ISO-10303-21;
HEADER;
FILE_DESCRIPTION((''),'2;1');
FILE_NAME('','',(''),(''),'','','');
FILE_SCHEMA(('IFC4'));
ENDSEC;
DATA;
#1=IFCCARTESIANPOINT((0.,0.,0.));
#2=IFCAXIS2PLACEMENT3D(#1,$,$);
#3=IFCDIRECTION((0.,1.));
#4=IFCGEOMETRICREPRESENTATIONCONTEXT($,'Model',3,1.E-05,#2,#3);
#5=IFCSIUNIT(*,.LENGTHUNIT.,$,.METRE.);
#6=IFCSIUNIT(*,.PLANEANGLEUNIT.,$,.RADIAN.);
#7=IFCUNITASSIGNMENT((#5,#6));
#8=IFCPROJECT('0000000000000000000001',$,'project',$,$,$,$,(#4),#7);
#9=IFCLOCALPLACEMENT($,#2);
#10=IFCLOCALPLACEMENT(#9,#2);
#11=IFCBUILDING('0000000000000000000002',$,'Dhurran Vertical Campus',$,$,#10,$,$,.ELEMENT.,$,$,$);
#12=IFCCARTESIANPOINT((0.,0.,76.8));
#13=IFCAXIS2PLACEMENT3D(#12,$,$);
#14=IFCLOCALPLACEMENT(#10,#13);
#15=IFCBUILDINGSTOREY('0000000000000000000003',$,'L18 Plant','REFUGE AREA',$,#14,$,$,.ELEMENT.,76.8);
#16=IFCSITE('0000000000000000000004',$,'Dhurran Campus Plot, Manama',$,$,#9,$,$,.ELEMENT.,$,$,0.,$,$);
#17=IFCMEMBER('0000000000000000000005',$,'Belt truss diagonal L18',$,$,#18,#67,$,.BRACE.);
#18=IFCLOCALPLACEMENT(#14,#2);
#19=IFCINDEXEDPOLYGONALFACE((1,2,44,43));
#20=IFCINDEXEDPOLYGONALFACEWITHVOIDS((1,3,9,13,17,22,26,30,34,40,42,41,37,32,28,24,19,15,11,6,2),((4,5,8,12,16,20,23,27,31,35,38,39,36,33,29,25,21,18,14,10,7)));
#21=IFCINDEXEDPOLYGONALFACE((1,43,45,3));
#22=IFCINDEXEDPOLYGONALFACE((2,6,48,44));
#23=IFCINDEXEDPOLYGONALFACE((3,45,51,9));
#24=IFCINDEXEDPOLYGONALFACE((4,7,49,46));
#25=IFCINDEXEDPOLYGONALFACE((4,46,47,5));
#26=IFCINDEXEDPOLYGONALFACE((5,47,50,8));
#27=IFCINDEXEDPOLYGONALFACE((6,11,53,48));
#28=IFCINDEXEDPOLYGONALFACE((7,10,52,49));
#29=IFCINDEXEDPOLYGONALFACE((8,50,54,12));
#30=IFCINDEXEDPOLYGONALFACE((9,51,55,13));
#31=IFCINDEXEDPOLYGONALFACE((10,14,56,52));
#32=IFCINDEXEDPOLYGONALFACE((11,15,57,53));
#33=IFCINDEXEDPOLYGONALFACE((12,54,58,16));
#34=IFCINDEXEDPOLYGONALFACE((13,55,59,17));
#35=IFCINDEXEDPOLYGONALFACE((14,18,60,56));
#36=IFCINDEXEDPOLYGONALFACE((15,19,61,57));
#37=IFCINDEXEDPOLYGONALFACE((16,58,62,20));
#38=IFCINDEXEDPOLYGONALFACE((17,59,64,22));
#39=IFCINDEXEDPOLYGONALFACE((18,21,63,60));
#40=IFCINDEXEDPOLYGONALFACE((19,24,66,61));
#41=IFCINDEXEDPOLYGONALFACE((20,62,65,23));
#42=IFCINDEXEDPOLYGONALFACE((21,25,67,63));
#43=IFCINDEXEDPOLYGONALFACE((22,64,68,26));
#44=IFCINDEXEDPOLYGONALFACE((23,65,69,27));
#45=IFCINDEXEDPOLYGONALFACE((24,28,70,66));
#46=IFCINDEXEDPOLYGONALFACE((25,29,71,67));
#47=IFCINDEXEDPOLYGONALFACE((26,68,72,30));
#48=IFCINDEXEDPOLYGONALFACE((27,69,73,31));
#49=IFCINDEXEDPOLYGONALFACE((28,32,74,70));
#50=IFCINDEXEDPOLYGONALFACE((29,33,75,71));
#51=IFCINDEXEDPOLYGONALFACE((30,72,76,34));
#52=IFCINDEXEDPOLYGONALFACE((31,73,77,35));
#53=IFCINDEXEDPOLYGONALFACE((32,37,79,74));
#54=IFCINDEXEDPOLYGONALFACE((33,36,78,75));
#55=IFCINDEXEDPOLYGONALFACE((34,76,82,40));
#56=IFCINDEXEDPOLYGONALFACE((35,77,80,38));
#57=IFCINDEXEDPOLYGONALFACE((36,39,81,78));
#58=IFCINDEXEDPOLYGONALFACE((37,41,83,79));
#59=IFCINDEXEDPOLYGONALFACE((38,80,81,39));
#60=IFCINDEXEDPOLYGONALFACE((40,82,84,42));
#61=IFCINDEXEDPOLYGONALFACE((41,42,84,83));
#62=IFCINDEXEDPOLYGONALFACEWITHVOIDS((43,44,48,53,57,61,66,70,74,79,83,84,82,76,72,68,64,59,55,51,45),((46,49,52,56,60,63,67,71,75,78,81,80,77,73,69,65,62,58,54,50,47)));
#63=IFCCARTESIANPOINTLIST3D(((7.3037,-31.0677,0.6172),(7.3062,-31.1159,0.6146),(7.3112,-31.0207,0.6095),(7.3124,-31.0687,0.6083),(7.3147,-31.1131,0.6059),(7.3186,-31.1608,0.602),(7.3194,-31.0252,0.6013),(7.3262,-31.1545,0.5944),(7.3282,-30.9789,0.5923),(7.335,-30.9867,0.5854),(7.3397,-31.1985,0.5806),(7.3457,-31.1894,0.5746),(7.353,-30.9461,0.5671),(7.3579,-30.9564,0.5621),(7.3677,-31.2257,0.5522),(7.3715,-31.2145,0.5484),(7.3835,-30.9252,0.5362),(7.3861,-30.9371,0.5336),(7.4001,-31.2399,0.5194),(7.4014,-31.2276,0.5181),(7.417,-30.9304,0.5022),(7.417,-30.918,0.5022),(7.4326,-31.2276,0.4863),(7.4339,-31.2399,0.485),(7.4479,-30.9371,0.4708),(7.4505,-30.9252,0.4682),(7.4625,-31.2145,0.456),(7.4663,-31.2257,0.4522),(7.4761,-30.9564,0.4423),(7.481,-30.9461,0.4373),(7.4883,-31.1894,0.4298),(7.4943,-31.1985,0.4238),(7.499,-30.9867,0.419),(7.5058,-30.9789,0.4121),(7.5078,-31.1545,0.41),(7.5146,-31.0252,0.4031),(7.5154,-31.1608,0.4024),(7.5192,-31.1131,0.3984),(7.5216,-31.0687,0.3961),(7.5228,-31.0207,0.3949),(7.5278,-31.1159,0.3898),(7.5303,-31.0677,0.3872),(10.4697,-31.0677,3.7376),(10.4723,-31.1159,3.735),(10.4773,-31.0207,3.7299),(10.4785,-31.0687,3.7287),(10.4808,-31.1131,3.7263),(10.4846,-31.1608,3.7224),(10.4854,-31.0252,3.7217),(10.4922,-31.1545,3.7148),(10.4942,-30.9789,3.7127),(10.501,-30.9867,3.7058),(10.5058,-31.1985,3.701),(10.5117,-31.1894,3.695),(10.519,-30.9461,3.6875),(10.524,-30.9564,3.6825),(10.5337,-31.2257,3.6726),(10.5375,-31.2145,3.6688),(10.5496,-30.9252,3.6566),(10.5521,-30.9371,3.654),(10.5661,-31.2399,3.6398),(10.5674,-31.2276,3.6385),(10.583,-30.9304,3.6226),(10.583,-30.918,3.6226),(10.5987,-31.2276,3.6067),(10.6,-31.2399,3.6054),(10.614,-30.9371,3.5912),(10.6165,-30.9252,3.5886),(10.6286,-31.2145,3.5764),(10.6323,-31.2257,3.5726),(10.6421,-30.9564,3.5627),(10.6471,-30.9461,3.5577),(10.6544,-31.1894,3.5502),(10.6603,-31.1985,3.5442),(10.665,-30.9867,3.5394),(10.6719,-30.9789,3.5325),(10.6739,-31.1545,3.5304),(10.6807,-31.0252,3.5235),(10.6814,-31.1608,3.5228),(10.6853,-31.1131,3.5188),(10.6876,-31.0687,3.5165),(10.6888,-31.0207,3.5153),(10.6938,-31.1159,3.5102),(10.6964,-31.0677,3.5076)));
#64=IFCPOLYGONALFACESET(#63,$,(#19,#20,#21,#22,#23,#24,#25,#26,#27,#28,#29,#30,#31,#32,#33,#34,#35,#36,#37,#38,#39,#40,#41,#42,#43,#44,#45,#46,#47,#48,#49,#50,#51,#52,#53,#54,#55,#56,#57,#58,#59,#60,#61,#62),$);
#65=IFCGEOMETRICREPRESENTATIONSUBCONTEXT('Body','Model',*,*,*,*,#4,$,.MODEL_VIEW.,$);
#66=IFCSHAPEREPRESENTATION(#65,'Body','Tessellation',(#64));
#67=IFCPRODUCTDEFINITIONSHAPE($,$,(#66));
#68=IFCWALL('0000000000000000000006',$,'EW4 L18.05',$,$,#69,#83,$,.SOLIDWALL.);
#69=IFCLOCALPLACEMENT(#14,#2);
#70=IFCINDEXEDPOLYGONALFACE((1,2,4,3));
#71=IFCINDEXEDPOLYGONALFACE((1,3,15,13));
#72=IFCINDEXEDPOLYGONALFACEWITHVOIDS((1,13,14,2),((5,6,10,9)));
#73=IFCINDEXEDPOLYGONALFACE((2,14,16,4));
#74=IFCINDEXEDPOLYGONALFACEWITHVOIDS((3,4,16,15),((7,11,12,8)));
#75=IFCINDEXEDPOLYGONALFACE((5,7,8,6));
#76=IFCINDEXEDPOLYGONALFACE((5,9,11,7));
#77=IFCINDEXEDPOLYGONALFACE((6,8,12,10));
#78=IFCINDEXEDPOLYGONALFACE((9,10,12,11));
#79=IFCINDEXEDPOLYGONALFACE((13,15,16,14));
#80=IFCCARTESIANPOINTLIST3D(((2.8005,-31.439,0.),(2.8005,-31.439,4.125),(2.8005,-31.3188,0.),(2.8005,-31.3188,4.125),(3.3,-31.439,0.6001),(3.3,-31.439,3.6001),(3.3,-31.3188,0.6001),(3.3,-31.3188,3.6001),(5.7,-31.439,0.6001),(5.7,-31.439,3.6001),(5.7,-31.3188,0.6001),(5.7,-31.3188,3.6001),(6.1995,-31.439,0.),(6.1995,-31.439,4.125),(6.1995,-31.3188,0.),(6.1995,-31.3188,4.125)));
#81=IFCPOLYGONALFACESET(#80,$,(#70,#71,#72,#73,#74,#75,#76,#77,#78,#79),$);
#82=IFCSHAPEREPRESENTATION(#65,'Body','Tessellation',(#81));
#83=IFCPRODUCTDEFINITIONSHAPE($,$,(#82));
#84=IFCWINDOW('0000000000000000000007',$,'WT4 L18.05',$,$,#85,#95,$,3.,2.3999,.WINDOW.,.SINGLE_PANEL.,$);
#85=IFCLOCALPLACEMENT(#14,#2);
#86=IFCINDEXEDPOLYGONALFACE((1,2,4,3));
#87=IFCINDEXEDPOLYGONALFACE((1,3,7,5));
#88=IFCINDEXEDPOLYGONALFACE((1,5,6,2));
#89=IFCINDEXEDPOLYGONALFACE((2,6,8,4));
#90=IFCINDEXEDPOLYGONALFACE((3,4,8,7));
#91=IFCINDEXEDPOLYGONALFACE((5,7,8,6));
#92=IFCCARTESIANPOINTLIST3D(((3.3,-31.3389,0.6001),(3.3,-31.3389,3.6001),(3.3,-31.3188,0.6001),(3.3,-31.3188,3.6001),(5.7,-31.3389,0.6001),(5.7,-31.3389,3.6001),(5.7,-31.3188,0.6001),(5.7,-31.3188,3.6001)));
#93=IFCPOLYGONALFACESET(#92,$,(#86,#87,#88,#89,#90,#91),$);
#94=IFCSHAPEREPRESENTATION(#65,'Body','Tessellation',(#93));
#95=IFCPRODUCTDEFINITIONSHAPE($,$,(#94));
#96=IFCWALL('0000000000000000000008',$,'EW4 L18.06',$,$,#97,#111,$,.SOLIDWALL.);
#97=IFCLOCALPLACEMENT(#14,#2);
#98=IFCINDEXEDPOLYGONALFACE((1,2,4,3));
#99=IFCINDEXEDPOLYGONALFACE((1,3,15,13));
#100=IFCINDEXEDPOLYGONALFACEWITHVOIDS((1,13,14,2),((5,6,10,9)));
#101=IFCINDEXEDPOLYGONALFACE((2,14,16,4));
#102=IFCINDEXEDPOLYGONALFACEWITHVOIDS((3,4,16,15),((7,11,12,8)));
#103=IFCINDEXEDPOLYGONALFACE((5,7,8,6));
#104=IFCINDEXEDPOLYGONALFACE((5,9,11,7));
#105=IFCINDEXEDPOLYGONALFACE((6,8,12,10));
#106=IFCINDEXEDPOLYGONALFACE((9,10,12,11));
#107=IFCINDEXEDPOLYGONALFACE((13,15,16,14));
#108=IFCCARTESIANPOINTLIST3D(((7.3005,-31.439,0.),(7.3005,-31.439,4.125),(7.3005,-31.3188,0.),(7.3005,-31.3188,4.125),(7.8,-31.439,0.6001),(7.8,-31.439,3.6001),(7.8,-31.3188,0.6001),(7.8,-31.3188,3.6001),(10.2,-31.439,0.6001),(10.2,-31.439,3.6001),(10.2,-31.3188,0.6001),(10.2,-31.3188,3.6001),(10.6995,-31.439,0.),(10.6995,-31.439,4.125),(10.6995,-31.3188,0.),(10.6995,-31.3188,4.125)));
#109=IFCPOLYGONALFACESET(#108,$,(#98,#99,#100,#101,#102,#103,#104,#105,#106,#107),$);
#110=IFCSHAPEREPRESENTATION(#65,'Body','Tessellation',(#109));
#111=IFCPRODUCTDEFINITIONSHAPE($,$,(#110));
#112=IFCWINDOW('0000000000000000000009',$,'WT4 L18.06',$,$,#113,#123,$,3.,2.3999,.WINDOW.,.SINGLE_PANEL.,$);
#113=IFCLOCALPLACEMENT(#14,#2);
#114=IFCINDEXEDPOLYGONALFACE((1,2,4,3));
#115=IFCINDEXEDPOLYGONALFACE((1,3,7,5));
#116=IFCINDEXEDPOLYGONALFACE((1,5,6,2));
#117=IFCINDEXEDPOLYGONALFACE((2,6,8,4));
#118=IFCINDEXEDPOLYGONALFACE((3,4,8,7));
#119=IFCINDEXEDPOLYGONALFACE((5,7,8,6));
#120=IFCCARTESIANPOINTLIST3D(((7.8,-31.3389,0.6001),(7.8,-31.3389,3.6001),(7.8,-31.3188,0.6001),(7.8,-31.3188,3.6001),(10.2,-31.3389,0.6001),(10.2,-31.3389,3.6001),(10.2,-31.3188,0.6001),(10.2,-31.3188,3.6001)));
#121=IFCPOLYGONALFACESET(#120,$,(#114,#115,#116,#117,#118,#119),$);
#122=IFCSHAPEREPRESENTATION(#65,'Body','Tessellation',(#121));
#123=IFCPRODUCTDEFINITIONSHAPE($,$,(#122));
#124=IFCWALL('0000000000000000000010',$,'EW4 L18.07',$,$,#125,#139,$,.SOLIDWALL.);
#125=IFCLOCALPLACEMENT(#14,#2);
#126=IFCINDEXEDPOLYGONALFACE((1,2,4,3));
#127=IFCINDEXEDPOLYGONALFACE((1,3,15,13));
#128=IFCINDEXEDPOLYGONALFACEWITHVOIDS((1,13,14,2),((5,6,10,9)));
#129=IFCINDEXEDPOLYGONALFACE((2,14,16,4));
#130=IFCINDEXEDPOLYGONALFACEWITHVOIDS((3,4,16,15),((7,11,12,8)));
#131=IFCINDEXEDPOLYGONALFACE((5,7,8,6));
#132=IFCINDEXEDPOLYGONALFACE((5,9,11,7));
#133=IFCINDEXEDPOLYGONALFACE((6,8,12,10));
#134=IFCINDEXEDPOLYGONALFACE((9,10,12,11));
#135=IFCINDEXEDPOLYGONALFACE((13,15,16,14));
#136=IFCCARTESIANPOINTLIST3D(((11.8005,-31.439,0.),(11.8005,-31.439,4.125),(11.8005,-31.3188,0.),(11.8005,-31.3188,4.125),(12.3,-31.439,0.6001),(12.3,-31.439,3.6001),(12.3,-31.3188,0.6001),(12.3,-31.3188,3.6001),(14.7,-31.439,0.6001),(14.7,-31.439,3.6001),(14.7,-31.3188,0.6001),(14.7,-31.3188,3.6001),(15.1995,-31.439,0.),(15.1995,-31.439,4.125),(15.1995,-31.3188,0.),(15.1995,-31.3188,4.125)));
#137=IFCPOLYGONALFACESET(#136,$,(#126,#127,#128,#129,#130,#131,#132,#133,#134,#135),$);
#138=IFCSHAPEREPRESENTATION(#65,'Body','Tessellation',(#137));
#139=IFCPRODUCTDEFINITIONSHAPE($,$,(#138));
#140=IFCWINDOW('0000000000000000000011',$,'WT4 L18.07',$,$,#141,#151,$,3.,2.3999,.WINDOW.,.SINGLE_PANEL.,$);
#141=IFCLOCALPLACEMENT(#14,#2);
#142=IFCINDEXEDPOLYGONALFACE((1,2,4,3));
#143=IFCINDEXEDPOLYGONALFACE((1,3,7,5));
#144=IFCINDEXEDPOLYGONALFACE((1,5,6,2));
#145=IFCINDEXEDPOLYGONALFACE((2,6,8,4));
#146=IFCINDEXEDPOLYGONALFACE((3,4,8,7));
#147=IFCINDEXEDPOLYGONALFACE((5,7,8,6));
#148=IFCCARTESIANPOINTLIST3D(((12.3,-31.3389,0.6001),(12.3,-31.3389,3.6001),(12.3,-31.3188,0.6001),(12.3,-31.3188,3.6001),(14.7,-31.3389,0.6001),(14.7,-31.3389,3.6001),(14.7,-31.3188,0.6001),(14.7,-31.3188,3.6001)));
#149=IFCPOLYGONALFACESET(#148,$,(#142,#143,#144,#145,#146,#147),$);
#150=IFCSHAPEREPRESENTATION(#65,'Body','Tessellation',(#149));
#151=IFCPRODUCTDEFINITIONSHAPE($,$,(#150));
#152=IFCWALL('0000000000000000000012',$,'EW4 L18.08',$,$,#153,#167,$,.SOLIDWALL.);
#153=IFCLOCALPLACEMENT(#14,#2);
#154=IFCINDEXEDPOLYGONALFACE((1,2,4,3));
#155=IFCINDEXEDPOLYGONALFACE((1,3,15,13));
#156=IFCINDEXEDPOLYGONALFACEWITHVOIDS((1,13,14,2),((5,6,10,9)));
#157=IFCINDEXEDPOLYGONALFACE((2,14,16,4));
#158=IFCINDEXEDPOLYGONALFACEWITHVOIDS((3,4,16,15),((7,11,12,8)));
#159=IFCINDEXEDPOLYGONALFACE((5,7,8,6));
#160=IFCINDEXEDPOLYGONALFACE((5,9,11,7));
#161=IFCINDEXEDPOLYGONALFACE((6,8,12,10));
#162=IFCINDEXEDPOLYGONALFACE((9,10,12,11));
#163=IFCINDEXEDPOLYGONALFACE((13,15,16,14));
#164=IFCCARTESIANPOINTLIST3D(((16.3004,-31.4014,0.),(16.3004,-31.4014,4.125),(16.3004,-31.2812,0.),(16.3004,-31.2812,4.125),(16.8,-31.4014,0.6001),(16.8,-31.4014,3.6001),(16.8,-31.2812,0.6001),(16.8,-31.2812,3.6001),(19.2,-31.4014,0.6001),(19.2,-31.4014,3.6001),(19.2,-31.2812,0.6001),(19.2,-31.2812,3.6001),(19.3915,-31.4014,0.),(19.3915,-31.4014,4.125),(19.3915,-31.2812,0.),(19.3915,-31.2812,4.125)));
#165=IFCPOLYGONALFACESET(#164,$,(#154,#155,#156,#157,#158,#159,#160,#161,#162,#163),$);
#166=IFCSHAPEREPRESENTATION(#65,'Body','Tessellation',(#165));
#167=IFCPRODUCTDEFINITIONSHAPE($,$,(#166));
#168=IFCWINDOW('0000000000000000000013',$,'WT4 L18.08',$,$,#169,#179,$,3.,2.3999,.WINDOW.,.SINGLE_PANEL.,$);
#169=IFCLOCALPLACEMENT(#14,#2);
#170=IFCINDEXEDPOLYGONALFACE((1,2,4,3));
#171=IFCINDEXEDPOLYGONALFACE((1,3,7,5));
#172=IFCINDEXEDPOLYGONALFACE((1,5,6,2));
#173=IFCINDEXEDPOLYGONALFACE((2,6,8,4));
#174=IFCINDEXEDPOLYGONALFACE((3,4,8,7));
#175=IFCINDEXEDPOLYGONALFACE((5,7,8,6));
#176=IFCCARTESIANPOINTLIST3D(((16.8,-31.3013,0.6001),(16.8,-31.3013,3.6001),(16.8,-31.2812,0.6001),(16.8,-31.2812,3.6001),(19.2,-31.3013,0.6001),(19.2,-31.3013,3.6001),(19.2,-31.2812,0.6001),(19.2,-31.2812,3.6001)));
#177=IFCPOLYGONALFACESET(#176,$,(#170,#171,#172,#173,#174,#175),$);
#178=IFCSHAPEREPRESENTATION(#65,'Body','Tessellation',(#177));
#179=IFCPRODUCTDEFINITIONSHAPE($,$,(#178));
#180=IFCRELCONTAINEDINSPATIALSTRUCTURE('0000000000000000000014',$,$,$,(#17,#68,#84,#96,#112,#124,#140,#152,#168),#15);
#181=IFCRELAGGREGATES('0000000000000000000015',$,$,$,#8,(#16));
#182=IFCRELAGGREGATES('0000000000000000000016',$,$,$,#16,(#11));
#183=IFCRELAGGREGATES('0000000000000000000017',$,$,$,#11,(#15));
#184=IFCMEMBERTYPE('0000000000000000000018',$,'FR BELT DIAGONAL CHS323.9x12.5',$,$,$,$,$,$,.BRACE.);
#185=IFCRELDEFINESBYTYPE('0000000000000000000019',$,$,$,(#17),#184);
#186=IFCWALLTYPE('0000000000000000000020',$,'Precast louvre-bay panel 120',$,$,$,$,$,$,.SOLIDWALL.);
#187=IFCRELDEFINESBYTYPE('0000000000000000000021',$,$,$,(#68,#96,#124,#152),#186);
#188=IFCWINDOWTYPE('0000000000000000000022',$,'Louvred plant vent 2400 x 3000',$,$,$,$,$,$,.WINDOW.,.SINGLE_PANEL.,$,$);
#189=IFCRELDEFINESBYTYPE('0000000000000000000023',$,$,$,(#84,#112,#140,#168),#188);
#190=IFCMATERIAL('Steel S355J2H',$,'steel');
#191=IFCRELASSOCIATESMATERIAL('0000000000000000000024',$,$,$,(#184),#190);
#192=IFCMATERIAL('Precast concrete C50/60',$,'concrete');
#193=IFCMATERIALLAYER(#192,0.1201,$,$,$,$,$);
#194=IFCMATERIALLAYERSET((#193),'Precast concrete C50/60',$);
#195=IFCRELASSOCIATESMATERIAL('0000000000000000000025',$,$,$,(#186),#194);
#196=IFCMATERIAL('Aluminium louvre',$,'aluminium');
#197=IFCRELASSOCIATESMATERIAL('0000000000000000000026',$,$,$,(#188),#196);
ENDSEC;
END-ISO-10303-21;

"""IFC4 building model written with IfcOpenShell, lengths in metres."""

from ifc_helpers import new_model, si_unit, direction, frame, frame_2d, origin, origin_2d, place, context, subcontext, project, spatial, rectangle, hollow_circle, extrude, material, layer, layer_set, material_profile, profile_set, type_object, element, fill, save


model = new_model("IFC4")

# Units and contexts
model_context = context("Model", 3, precision=1e-05, world=origin(), true_north=direction((0.0, 1.0)))
body_context = subcontext(model_context, "Body", "Model", "MODEL_VIEW")
ifc_project = project(units=[si_unit("LENGTHUNIT", "METRE"), si_unit("PLANEANGLEUNIT", "RADIAN")], contexts=[model_context])

# Site, building, storey
site_placement = place(None, origin())
site = spatial("IfcSite", under=ifc_project, at=site_placement, Name="Dhurran Campus Plot, Manama", CompositionType="ELEMENT", RefElevation=0.0)
building_placement = place(site_placement, origin())
building = spatial("IfcBuilding", under=site, at=building_placement, Name="Dhurran Vertical Campus", CompositionType="ELEMENT")
storey_placement = place(building_placement, frame((0.0, 0.0, 76.8)))
storey = spatial("IfcBuildingStorey", under=building, at=storey_placement, Name="L18 Plant", Description="REFUGE AREA", CompositionType="ELEMENT", Elevation=76.8)

# Member
ifc_material_1 = material(Name="Steel S355J2H", Category="steel")
ifc_material_profile_1 = material_profile(ifc_material_1, hollow_circle(Radius=0.1619, WallThickness=0.0125, at=origin_2d()), Name="CHS323.9x12.5")
ifc_profile_set_1 = profile_set([ifc_material_profile_1], Name="Steel S355J2H")
member_type = type_object("IfcMemberType", Name="FR BELT DIAGONAL CHS323.9x12.5", PredefinedType="BRACE", material=ifc_profile_set_1)
for number, where, z_axis, x_axis, name in (
    (1, (7.417, -31.0798, 0.5022), (0.712223, 0.0, 0.701953), (0.0, 1.0, 0.0), "Belt truss diagonal L18"),
):
    element("IfcMember", number, at=place(storey_placement, frame(where, z_axis=z_axis, x_axis=x_axis)), inside=storey, type_object=member_type, Name=name, PredefinedType="BRACE", context=body_context, shape_type="SweptSolid", body=[
        extrude(hollow_circle(Radius=0.1619, WallThickness=0.0125, at=origin_2d()), origin(), (0.0, 0.0, 1.0), 4.4453),
    ])

# Walls, openings, windows
ifc_material_2 = material(Name="Precast concrete C50/60", Category="concrete")
ifc_layer = layer(ifc_material_2, 0.1201)
ifc_layer_set = layer_set([ifc_layer], Name="Precast concrete C50/60")
wall_type = type_object("IfcWallType", Name="Precast louvre-bay panel 120", PredefinedType="SOLIDWALL", material=ifc_layer_set)
wall_1_placement = place(storey_placement, frame((2.8005, -31.3789, 0.0), z_axis=(0.0, 0.0, 1.0), x_axis=(1.0, 0.0, 0.0)))
wall_1 = element("IfcWall", 2, at=wall_1_placement, inside=storey, type_object=wall_type, Name="EW4 L18.05", PredefinedType="SOLIDWALL", context=body_context, shape_type="SweptSolid", body=[
    extrude(rectangle(XDim=3.3989, YDim=0.1201, at=frame_2d((1.6995, 0.0))), origin(), (0.0, 0.0, 1.0), 4.125),
])
opening_1_placement = place(wall_1_placement, frame((0.4995, 0.0, 0.6001)))
opening_1 = element("IfcOpeningElement", 3, at=opening_1_placement, cuts=wall_1, PredefinedType="OPENING", context=body_context, shape_type="SweptSolid", body=[
    extrude(rectangle(XDim=2.3999, YDim=3.0, at=frame_2d((1.2, 1.5))), frame((0.0, 0.0701, 0.0), z_axis=(0.0, -1.0, 0.0), x_axis=(1.0, 0.0, 0.0)), (0.0, 0.0, 1.0), 0.1401),
])
ifc_material_3 = material(Name="Aluminium louvre", Category="aluminium")
window_type = type_object("IfcWindowType", Name="Louvred plant vent 2400 x 3000", PartitioningType="SINGLE_PANEL", PredefinedType="WINDOW", material=ifc_material_3)
window_1_placement = place(opening_1_placement, origin())
window_1 = element("IfcWindow", 4, at=window_1_placement, inside=storey, type_object=window_type, Name="WT4 L18.05", OverallHeight=3.0, OverallWidth=2.3999, PartitioningType="SINGLE_PANEL", PredefinedType="WINDOW", context=body_context, shape_type="SweptSolid", body=[
    extrude(rectangle(XDim=2.3999, YDim=3.0, at=frame_2d((1.2, 1.5))), frame((0.0, 0.0601, 0.0), z_axis=(0.0, -1.0, 0.0), x_axis=(1.0, 0.0, 0.0)), (0.0, 0.0, 1.0), 0.02),
])
fill(opening_1, window_1)
wall_2_placement = place(storey_placement, frame((7.3005, -31.3789, 0.0), z_axis=(0.0, 0.0, 1.0), x_axis=(1.0, 0.0, 0.0)))
wall_2 = element("IfcWall", 5, at=wall_2_placement, inside=storey, type_object=wall_type, Name="EW4 L18.06", PredefinedType="SOLIDWALL", context=body_context, shape_type="SweptSolid", body=[
    extrude(rectangle(XDim=3.3989, YDim=0.1201, at=frame_2d((1.6995, 0.0))), origin(), (0.0, 0.0, 1.0), 4.125),
])
opening_2_placement = place(wall_2_placement, frame((0.4995, 0.0, 0.6001)))
opening_2 = element("IfcOpeningElement", 6, at=opening_2_placement, cuts=wall_2, PredefinedType="OPENING", context=body_context, shape_type="SweptSolid", body=[
    extrude(rectangle(XDim=2.3999, YDim=3.0, at=frame_2d((1.2, 1.5))), frame((0.0, 0.0701, 0.0), z_axis=(0.0, -1.0, 0.0), x_axis=(1.0, 0.0, 0.0)), (0.0, 0.0, 1.0), 0.1401),
])
window_2_placement = place(opening_2_placement, origin())
window_2 = element("IfcWindow", 7, at=window_2_placement, inside=storey, type_object=window_type, Name="WT4 L18.06", OverallHeight=3.0, OverallWidth=2.3999, PartitioningType="SINGLE_PANEL", PredefinedType="WINDOW", context=body_context, shape_type="SweptSolid", body=[
    extrude(rectangle(XDim=2.3999, YDim=3.0, at=frame_2d((1.2, 1.5))), frame((0.0, 0.0601, 0.0), z_axis=(0.0, -1.0, 0.0), x_axis=(1.0, 0.0, 0.0)), (0.0, 0.0, 1.0), 0.02),
])
fill(opening_2, window_2)
wall_3_placement = place(storey_placement, frame((11.8005, -31.3789, 0.0), z_axis=(0.0, 0.0, 1.0), x_axis=(1.0, 0.0, 0.0)))
wall_3 = element("IfcWall", 8, at=wall_3_placement, inside=storey, type_object=wall_type, Name="EW4 L18.07", PredefinedType="SOLIDWALL", context=body_context, shape_type="SweptSolid", body=[
    extrude(rectangle(XDim=3.3989, YDim=0.1201, at=frame_2d((1.6995, 0.0))), origin(), (0.0, 0.0, 1.0), 4.125),
])
opening_3_placement = place(wall_3_placement, frame((0.4995, 0.0, 0.6001)))
opening_3 = element("IfcOpeningElement", 9, at=opening_3_placement, cuts=wall_3, PredefinedType="OPENING", context=body_context, shape_type="SweptSolid", body=[
    extrude(rectangle(XDim=2.3999, YDim=3.0, at=frame_2d((1.2, 1.5))), frame((0.0, 0.0701, 0.0), z_axis=(0.0, -1.0, 0.0), x_axis=(1.0, 0.0, 0.0)), (0.0, 0.0, 1.0), 0.1401),
])
window_3_placement = place(opening_3_placement, origin())
window_3 = element("IfcWindow", 10, at=window_3_placement, inside=storey, type_object=window_type, Name="WT4 L18.07", OverallHeight=3.0, OverallWidth=2.3999, PartitioningType="SINGLE_PANEL", PredefinedType="WINDOW", context=body_context, shape_type="SweptSolid", body=[
    extrude(rectangle(XDim=2.3999, YDim=3.0, at=frame_2d((1.2, 1.5))), frame((0.0, 0.0601, 0.0), z_axis=(0.0, -1.0, 0.0), x_axis=(1.0, 0.0, 0.0)), (0.0, 0.0, 1.0), 0.02),
])
fill(opening_3, window_3)
wall_4_placement = place(storey_placement, frame((16.3005, -31.3413, 0.0), z_axis=(0.0, 0.0, 1.0), x_axis=(1.0, 0.0, 0.0)))
wall_4 = element("IfcWall", 11, at=wall_4_placement, inside=storey, type_object=wall_type, Name="EW4 L18.08", PredefinedType="SOLIDWALL", context=body_context, shape_type="SweptSolid", body=[
    extrude(rectangle(XDim=3.0911, YDim=0.1201, at=frame_2d((1.5454, 0.0))), origin(), (0.0, 0.0, 1.0), 4.125),
])
opening_4_placement = place(wall_4_placement, frame((0.4995, 0.0, 0.6001)))
opening_4 = element("IfcOpeningElement", 12, at=opening_4_placement, cuts=wall_4, PredefinedType="OPENING", context=body_context, shape_type="SweptSolid", body=[
    extrude(rectangle(XDim=2.3999, YDim=3.0, at=frame_2d((1.2, 1.5))), frame((0.0, 0.0701, 0.0), z_axis=(0.0, -1.0, 0.0), x_axis=(1.0, 0.0, 0.0)), (0.0, 0.0, 1.0), 0.1401),
])
window_4_placement = place(opening_4_placement, origin())
window_4 = element("IfcWindow", 13, at=window_4_placement, inside=storey, type_object=window_type, Name="WT4 L18.08", OverallHeight=3.0, OverallWidth=2.3999, PartitioningType="SINGLE_PANEL", PredefinedType="WINDOW", context=body_context, shape_type="SweptSolid", body=[
    extrude(rectangle(XDim=2.3999, YDim=3.0, at=frame_2d((1.2, 1.5))), frame((0.0, 0.0601, 0.0), z_axis=(0.0, -1.0, 0.0), x_axis=(1.0, 0.0, 0.0)), (0.0, 0.0, 1.0), 0.02),
])
fill(opening_4, window_4)

save(model, "model.ifc")
